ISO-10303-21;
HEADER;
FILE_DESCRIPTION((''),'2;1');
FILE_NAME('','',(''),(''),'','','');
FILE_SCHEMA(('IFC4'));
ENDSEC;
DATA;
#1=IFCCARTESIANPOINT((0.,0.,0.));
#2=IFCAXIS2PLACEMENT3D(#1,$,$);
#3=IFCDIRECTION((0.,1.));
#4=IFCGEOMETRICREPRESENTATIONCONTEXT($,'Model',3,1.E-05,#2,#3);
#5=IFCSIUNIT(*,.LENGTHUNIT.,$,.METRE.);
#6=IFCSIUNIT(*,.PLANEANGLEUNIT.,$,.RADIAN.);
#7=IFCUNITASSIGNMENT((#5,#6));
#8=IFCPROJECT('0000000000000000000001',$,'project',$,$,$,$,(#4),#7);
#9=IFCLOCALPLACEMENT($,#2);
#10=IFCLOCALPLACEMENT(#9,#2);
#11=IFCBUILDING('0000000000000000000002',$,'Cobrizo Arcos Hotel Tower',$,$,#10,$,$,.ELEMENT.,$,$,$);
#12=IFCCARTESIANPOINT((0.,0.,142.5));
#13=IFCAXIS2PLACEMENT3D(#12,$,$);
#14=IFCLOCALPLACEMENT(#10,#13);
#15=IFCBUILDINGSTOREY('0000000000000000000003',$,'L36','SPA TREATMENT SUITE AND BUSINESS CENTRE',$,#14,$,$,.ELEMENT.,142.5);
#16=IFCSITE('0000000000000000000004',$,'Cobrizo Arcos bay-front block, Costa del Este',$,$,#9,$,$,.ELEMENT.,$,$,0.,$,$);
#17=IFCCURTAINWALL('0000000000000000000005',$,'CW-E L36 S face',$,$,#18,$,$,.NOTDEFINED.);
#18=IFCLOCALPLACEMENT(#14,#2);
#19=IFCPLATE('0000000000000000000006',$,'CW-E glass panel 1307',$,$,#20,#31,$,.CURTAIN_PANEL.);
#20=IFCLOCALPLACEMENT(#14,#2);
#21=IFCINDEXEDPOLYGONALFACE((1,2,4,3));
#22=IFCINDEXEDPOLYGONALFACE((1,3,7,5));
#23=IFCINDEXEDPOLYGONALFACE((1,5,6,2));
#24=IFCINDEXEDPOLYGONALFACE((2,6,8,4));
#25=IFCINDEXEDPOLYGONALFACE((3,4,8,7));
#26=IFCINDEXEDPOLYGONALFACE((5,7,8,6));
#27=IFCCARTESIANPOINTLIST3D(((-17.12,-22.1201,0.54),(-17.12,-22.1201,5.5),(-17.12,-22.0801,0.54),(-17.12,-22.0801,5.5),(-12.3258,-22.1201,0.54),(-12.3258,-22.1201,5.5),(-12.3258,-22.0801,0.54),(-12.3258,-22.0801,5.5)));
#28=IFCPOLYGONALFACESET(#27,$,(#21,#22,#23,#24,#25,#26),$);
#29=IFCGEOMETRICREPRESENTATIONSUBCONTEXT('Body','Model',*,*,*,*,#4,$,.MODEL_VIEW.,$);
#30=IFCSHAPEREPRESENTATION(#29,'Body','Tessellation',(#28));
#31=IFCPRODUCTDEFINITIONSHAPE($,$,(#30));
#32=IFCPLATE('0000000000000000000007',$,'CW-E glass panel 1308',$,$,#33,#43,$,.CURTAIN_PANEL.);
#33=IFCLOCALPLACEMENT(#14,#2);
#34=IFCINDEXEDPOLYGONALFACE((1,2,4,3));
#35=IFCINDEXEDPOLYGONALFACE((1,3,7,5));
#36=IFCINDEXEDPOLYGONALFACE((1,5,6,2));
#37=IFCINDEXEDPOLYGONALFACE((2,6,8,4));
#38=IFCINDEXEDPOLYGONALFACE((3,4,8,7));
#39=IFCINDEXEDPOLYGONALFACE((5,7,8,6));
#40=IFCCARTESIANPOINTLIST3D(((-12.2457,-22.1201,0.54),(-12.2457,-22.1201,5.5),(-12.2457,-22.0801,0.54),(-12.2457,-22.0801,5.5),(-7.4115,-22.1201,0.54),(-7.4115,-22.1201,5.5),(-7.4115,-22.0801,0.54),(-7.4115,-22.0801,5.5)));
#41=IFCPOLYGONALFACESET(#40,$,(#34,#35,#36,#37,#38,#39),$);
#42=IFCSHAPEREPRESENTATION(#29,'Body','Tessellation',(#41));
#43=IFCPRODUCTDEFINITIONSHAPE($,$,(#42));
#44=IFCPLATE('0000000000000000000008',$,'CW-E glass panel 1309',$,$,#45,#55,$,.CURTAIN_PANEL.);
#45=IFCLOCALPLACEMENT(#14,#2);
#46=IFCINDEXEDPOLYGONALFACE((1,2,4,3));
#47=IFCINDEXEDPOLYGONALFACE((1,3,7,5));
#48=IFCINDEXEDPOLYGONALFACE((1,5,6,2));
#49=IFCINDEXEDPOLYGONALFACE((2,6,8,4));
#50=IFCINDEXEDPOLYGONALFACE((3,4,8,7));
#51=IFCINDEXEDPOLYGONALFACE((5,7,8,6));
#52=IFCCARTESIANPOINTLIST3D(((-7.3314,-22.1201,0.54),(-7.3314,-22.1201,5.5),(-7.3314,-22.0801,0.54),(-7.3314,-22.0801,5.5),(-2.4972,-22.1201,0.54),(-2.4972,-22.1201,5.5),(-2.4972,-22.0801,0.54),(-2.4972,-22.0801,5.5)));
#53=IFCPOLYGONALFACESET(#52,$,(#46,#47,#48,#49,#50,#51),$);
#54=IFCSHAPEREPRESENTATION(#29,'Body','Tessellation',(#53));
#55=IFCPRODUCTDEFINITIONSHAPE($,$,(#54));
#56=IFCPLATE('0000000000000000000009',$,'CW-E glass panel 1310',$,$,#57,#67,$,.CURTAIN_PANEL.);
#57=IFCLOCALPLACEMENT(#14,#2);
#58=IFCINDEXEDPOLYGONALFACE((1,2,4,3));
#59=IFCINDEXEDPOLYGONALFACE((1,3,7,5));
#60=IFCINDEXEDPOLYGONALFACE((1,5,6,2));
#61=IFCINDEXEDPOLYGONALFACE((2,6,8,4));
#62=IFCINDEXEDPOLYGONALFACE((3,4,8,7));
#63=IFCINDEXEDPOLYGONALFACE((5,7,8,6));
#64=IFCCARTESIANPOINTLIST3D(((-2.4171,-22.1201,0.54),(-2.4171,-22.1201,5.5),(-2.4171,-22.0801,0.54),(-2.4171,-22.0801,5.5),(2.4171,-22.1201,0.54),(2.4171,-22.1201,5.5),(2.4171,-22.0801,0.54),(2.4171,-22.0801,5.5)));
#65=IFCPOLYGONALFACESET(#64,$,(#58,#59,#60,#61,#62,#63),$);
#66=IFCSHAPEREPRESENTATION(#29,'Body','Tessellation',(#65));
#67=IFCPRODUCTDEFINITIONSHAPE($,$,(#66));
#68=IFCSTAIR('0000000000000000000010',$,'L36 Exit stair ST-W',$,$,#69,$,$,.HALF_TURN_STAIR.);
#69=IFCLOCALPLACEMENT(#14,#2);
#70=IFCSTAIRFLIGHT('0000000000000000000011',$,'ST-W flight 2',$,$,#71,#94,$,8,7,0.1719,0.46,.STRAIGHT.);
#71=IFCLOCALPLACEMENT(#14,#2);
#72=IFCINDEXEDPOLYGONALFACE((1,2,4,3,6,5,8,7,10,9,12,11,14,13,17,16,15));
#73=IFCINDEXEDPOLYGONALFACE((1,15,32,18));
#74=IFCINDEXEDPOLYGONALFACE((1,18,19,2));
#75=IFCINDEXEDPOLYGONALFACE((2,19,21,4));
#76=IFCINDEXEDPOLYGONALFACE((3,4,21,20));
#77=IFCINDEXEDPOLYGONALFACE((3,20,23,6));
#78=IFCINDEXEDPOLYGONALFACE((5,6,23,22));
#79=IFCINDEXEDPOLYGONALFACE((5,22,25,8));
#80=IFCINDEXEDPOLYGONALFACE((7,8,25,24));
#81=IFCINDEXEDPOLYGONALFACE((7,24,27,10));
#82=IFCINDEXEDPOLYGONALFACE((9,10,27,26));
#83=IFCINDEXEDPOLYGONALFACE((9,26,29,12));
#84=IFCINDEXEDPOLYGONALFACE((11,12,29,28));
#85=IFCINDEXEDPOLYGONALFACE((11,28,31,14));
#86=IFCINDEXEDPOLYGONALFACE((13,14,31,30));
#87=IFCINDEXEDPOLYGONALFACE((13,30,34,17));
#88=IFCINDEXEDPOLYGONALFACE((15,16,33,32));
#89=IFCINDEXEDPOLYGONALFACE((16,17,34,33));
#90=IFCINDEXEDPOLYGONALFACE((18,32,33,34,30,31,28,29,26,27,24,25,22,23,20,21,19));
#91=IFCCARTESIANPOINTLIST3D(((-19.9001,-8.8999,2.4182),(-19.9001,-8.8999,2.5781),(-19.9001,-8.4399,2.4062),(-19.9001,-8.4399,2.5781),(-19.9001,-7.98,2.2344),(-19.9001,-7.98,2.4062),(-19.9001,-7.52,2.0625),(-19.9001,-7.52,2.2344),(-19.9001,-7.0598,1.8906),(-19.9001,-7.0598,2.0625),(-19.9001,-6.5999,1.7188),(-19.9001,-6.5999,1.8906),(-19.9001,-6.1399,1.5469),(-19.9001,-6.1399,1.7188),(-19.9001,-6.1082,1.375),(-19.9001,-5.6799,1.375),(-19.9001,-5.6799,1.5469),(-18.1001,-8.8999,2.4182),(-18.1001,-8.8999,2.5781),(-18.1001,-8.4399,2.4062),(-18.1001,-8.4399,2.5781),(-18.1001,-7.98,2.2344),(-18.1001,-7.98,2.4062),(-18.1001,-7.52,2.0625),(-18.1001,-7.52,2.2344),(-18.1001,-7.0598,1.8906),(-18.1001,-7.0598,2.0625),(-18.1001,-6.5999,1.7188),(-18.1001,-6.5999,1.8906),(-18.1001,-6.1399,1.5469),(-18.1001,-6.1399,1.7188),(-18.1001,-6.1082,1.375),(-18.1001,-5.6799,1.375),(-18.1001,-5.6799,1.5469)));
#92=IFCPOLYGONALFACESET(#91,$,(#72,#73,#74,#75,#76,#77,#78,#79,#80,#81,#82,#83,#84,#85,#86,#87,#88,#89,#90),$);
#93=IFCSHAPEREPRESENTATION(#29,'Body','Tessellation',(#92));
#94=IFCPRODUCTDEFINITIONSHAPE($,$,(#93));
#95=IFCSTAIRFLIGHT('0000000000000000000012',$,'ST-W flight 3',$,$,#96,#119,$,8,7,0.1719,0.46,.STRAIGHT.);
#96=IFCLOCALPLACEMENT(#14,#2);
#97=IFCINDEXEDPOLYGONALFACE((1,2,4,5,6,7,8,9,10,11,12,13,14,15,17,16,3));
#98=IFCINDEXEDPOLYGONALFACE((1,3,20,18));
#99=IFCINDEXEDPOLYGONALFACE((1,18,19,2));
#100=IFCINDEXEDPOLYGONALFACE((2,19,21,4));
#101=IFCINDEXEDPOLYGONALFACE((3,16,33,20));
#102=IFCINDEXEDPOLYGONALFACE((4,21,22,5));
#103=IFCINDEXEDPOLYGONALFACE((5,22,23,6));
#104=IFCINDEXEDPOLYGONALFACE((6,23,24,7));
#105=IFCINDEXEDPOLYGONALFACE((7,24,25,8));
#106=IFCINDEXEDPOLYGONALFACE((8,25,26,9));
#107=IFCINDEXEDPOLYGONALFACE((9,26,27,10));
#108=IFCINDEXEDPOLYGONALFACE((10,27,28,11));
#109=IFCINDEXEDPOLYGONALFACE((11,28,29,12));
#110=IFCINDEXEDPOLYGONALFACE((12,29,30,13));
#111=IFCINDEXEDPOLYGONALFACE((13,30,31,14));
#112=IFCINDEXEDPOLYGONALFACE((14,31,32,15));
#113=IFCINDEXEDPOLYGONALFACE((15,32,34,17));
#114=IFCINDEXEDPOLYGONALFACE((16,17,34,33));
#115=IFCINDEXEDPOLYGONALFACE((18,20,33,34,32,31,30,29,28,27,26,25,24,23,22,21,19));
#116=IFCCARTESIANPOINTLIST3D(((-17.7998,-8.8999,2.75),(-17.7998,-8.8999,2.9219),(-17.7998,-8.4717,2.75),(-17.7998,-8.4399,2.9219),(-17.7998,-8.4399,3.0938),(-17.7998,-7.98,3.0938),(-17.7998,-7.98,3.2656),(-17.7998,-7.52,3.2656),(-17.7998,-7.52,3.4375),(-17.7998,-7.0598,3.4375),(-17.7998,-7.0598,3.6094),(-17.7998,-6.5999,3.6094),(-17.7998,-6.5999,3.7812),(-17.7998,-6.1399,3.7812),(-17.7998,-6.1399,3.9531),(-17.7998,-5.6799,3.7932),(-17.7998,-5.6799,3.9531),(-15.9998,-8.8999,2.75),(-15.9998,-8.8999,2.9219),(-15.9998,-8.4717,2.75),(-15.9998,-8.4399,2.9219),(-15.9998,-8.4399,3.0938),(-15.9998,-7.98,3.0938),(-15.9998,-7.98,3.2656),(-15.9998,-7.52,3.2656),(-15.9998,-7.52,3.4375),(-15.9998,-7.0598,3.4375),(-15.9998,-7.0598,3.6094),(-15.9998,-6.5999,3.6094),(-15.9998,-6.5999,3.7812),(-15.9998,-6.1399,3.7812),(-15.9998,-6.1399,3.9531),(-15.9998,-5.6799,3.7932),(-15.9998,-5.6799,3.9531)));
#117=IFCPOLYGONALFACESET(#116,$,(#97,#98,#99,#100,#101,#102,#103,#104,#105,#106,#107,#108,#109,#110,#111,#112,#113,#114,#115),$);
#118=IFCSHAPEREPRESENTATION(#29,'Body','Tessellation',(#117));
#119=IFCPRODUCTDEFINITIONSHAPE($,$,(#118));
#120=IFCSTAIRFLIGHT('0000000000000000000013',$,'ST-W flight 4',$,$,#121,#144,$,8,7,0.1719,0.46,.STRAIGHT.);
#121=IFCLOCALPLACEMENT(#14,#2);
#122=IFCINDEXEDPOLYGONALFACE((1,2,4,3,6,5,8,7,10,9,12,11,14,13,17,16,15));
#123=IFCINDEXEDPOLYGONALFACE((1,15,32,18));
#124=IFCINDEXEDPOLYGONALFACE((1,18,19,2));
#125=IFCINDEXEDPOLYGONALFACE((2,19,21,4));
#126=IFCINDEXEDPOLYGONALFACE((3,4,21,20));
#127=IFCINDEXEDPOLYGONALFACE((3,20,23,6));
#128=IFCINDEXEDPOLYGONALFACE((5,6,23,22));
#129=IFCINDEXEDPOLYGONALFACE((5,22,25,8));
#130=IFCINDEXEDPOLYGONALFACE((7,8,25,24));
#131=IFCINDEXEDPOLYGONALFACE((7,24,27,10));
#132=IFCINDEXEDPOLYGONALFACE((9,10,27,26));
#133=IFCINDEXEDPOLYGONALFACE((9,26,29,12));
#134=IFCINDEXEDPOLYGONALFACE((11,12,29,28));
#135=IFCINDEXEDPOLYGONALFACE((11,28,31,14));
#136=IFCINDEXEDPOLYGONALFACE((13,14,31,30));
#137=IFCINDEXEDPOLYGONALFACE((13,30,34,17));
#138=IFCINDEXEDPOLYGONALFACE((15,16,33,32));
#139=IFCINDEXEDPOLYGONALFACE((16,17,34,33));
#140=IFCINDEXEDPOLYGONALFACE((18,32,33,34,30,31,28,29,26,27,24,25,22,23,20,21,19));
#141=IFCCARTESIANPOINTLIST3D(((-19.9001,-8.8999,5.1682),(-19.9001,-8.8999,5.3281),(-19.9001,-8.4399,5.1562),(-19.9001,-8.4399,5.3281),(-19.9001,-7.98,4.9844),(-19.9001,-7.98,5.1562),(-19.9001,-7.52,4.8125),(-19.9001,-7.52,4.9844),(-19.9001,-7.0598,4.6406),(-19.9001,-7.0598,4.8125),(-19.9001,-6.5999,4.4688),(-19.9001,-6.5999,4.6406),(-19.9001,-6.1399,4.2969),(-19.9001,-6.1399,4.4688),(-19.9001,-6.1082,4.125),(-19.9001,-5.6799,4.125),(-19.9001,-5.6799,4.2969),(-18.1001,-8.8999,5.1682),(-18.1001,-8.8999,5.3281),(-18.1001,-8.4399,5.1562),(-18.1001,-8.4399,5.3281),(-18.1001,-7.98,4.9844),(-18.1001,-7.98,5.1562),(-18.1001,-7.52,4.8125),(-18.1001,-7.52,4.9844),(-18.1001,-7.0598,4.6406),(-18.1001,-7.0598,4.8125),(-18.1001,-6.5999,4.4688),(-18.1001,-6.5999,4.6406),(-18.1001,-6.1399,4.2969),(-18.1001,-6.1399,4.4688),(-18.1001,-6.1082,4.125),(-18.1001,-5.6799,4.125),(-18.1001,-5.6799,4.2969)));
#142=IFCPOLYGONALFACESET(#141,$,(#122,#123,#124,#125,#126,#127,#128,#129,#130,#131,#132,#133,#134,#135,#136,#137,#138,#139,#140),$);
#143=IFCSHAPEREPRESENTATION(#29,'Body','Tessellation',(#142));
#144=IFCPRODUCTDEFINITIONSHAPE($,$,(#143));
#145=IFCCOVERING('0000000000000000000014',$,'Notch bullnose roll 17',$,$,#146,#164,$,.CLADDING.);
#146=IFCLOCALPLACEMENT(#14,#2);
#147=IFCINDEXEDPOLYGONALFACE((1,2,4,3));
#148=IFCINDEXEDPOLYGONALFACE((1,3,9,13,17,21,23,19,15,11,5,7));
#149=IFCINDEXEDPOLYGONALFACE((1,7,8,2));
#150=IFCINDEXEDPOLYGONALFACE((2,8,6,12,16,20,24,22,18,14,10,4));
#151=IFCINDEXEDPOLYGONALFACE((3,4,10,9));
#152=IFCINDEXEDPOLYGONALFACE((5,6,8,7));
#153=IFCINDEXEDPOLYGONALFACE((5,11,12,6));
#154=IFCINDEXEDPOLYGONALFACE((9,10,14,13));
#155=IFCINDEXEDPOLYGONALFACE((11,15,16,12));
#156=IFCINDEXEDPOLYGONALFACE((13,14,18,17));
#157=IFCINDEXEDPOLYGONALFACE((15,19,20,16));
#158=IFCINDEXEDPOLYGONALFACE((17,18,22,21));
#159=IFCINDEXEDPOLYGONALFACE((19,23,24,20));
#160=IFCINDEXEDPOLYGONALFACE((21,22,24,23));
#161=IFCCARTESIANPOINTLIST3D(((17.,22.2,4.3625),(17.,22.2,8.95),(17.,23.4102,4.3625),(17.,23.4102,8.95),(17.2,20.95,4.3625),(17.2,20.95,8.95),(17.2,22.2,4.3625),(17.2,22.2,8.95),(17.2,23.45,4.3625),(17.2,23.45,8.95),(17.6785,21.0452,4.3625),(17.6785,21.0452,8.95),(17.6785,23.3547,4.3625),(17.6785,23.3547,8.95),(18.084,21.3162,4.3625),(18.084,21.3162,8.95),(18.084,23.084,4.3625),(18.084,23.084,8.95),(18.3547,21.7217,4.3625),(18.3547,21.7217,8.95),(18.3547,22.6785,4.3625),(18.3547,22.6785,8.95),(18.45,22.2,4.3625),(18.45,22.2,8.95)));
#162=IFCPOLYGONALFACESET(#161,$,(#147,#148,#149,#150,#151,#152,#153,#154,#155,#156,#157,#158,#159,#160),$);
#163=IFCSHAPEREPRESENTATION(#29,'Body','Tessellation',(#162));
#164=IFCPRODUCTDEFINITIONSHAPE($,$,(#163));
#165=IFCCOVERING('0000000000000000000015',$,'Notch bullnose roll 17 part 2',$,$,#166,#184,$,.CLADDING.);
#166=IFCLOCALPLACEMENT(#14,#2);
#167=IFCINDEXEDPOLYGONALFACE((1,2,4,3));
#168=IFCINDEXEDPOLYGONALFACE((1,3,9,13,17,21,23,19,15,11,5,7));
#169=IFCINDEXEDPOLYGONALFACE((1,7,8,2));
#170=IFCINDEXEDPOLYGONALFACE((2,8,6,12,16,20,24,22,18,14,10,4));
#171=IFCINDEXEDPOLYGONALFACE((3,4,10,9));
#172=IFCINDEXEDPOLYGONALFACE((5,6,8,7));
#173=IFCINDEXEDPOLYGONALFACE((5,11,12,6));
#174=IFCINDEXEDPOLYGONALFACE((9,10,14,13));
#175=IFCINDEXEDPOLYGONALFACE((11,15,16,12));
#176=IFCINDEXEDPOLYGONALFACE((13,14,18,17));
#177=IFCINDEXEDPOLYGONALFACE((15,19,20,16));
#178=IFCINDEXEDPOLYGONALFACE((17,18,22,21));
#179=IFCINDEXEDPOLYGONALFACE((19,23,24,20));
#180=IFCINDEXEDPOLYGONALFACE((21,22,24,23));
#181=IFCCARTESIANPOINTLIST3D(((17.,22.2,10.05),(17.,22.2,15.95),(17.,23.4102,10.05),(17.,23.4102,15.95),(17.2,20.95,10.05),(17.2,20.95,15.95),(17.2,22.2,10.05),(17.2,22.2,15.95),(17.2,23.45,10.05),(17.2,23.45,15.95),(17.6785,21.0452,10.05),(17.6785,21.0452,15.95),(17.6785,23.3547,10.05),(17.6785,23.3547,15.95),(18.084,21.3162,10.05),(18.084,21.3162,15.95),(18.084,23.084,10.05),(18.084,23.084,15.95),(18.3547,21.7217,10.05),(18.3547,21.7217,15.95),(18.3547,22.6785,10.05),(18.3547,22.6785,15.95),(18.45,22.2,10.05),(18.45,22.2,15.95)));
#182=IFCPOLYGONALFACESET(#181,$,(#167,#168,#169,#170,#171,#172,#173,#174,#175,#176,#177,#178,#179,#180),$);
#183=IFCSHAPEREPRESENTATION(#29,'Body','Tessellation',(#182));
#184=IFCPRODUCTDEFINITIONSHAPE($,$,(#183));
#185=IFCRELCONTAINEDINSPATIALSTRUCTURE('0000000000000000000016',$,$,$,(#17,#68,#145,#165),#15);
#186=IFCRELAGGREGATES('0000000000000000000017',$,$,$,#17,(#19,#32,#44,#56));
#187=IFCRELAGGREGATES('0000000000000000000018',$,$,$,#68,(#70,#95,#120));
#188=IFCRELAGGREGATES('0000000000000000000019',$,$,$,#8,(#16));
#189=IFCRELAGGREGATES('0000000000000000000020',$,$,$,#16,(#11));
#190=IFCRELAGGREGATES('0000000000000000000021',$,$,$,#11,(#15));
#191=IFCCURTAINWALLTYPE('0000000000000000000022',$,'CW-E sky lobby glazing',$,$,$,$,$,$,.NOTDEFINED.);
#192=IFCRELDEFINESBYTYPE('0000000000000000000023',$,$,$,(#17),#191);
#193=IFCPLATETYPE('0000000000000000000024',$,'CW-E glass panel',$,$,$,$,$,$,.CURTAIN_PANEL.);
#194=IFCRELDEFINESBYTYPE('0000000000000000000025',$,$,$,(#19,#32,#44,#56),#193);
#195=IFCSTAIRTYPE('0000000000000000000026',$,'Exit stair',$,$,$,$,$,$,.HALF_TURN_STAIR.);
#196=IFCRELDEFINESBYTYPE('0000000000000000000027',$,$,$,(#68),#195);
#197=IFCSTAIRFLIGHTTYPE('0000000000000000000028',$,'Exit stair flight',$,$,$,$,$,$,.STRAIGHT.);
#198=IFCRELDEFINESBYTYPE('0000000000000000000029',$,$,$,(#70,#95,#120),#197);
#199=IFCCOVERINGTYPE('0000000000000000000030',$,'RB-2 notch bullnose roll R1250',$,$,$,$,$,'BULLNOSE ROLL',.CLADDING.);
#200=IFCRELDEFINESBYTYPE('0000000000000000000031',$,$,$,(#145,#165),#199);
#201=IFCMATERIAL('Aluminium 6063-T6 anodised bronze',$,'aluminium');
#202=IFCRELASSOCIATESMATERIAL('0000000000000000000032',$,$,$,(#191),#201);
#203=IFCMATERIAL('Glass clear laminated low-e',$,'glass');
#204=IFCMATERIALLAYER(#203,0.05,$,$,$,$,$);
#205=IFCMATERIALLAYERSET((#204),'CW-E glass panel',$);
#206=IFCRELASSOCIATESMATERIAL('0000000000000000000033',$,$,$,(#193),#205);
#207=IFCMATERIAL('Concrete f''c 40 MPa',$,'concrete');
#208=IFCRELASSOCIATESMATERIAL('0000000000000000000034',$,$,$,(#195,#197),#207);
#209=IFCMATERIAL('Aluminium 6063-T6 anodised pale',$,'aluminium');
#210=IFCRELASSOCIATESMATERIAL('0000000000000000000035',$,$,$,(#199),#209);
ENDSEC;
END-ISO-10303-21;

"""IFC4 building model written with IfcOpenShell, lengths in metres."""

from ifc_helpers import new_model, si_unit, direction, frame, origin, origin_2d, place, context, subcontext, project, spatial, polyline, rectangle, outline, extrude, material, layer, layer_set, type_object, element, aggregate, save


model = new_model("IFC4")

# Units and contexts
model_context = context("Model", 3, precision=1e-05, world=origin(), true_north=direction((0.0, 1.0)))
body_context = subcontext(model_context, "Body", "Model", "MODEL_VIEW")
ifc_project = project(units=[si_unit("LENGTHUNIT", "METRE"), si_unit("PLANEANGLEUNIT", "RADIAN")], contexts=[model_context])

# Site, building, storey
site_placement = place(None, origin())
site = spatial("IfcSite", under=ifc_project, at=site_placement, Name="Cobrizo Arcos bay-front block, Costa del Este", CompositionType="ELEMENT", RefElevation=0.0)
building_placement = place(site_placement, origin())
building = spatial("IfcBuilding", under=site, at=building_placement, Name="Cobrizo Arcos Hotel Tower", CompositionType="ELEMENT")
storey_placement = place(building_placement, frame((0.0, 0.0, 142.5)))
storey = spatial("IfcBuildingStorey", under=building, at=storey_placement, Name="L36", Description="SPA TREATMENT SUITE AND BUSINESS CENTRE", CompositionType="ELEMENT", Elevation=142.5)

# Curtain wall, plates
ifc_material_1 = material(Name="Aluminium 6063-T6 anodised bronze", Category="aluminium")
curtain_wall_type = type_object("IfcCurtainWallType", Name="CW-E sky lobby glazing", PredefinedType="NOTDEFINED", material=ifc_material_1)
curtain_wall_placement = place(storey_placement, origin())
curtain_wall = element("IfcCurtainWall", 1, at=curtain_wall_placement, inside=storey, type_object=curtain_wall_type, Name="CW-E L36 S face", PredefinedType="NOTDEFINED")
ifc_material_2 = material(Name="Glass clear laminated low-e", Category="glass")
ifc_layer = layer(ifc_material_2, 0.05)
ifc_layer_set = layer_set([ifc_layer], Name="CW-E glass panel")
plate_type = type_object("IfcPlateType", Name="CW-E glass panel", PredefinedType="CURTAIN_PANEL", material=ifc_layer_set)
plate_1_placement = place(storey_placement, frame((-14.7229, -22.1001, 0.54), z_axis=(0.0, 0.0, 1.0), x_axis=(1.0, 0.0, 0.0)))
plate_1 = element("IfcPlate", 2, at=plate_1_placement, type_object=plate_type, Name="CW-E glass panel 1307", PredefinedType="CURTAIN_PANEL", context=body_context, shape_type="SweptSolid", body=[
    extrude(rectangle(XDim=4.7942, YDim=0.04, at=origin_2d()), origin(), (0.0, 0.0, 1.0), 4.96),
])
plate_2_placement = place(storey_placement, frame((-9.8286, -22.1001, 0.54), z_axis=(0.0, 0.0, 1.0), x_axis=(1.0, 0.0, 0.0)))
plate_2 = element("IfcPlate", 3, at=plate_2_placement, type_object=plate_type, Name="CW-E glass panel 1308", PredefinedType="CURTAIN_PANEL", context=body_context, shape_type="SweptSolid", body=[
    extrude(rectangle(XDim=4.8342, YDim=0.04, at=origin_2d()), origin(), (0.0, 0.0, 1.0), 4.96),
])
plate_3_placement = place(storey_placement, frame((-4.9143, -22.1001, 0.54), z_axis=(0.0, 0.0, 1.0), x_axis=(1.0, 0.0, 0.0)))
plate_3 = element("IfcPlate", 4, at=plate_3_placement, type_object=plate_type, Name="CW-E glass panel 1309", PredefinedType="CURTAIN_PANEL", context=body_context, shape_type="SweptSolid", body=[
    extrude(rectangle(XDim=4.8342, YDim=0.04, at=origin_2d()), origin(), (0.0, 0.0, 1.0), 4.96),
])
plate_4_placement = place(storey_placement, frame((0.0, -22.1001, 0.54), z_axis=(0.0, 0.0, 1.0), x_axis=(1.0, 0.0, 0.0)))
plate_4 = element("IfcPlate", 5, at=plate_4_placement, type_object=plate_type, Name="CW-E glass panel 1310", PredefinedType="CURTAIN_PANEL", context=body_context, shape_type="SweptSolid", body=[
    extrude(rectangle(XDim=4.8342, YDim=0.04, at=origin_2d()), origin(), (0.0, 0.0, 1.0), 4.96),
])
aggregate(curtain_wall, [plate_1, plate_2, plate_3, plate_4])

# Stair, stair flights
ifc_material_3 = material(Name="Concrete f'c 40 MPa", Category="concrete")
stair_type = type_object("IfcStairType", Name="Exit stair", PredefinedType="HALF_TURN_STAIR", material=ifc_material_3)
stair_placement = place(storey_placement, origin())
stair = element("IfcStair", 6, at=stair_placement, inside=storey, type_object=stair_type, Name="L36 Exit stair ST-W", PredefinedType="HALF_TURN_STAIR")
stair_flight_type = type_object("IfcStairFlightType", Name="Exit stair flight", PredefinedType="STRAIGHT", material=ifc_material_3)
stair_flight_1_placement = place(storey_placement, frame((-19.0, -5.6799, 1.375), z_axis=(0.0, 0.0, 1.0), x_axis=(0.0, -1.0, 0.0)))
stair_flight_1 = element("IfcStairFlight", 7, at=stair_flight_1_placement, type_object=stair_flight_type, Name="ST-W flight 2", NumberOfRisers=8, NumberOfTreads=7, PredefinedType="STRAIGHT", RiserHeight=0.1719, TreadLength=0.46, context=body_context, shape_type="SweptSolid", body=[
    extrude(outline(polyline([(0.0, 0.0), (0.0, 0.1719), (0.46, 0.1719), (0.46, 0.3438), (0.9199, 0.3438), (0.9199, 0.5156), (1.3799, 0.5156), (1.3799, 0.6875), (1.8401, 0.6875), (1.8401, 0.8594), (2.3, 0.8594), (2.3, 1.0312), (2.76, 1.0312), (2.76, 1.2031), (3.22, 1.2031), (3.22, 1.375), (3.22, 1.0432), (0.4282, 0.0), (0.0, 0.0)])), frame((0.0, 0.8999, 0.0), z_axis=(0.0, -1.0, 0.0), x_axis=(1.0, 0.0, 0.0)), (0.0, 0.0, 1.0), 1.8),
])
stair_flight_2_placement = place(storey_placement, frame((-16.8999, -8.8999, 2.75), z_axis=(0.0, 0.0, 1.0), x_axis=(0.0, 1.0, 0.0)))
stair_flight_2 = element("IfcStairFlight", 8, at=stair_flight_2_placement, type_object=stair_flight_type, Name="ST-W flight 3", NumberOfRisers=8, NumberOfTreads=7, PredefinedType="STRAIGHT", RiserHeight=0.1719, TreadLength=0.46, context=body_context, shape_type="SweptSolid", body=[
    extrude(outline(polyline([(0.0, 0.0), (0.0, 0.1719), (0.46, 0.1719), (0.46, 0.3438), (0.9199, 0.3438), (0.9199, 0.5156), (1.3799, 0.5156), (1.3799, 0.6875), (1.8401, 0.6875), (1.8401, 0.8594), (2.3, 0.8594), (2.3, 1.0312), (2.76, 1.0312), (2.76, 1.2031), (3.22, 1.2031), (3.22, 1.375), (3.22, 1.0432), (0.4282, 0.0), (0.0, 0.0)])), frame((0.0, 0.8999, 0.0), z_axis=(0.0, -1.0, 0.0), x_axis=(1.0, 0.0, 0.0)), (0.0, 0.0, 1.0), 1.8),
])
stair_flight_3_placement = place(storey_placement, frame((-19.0, -5.6799, 4.125), z_axis=(0.0, 0.0, 1.0), x_axis=(0.0, -1.0, 0.0)))
stair_flight_3 = element("IfcStairFlight", 9, at=stair_flight_3_placement, type_object=stair_flight_type, Name="ST-W flight 4", NumberOfRisers=8, NumberOfTreads=7, PredefinedType="STRAIGHT", RiserHeight=0.1719, TreadLength=0.46, context=body_context, shape_type="SweptSolid", body=[
    extrude(outline(polyline([(0.0, 0.0), (0.0, 0.1719), (0.46, 0.1719), (0.46, 0.3438), (0.9199, 0.3438), (0.9199, 0.5156), (1.3799, 0.5156), (1.3799, 0.6875), (1.8401, 0.6875), (1.8401, 0.8594), (2.3, 0.8594), (2.3, 1.0312), (2.76, 1.0312), (2.76, 1.2031), (3.22, 1.2031), (3.22, 1.375), (3.22, 1.0432), (0.4282, 0.0), (0.0, 0.0)])), frame((0.0, 0.8999, 0.0), z_axis=(0.0, -1.0, 0.0), x_axis=(1.0, 0.0, 0.0)), (0.0, 0.0, 1.0), 1.8),
])
aggregate(stair, [stair_flight_1, stair_flight_2, stair_flight_3])

# Coverings
ifc_material_4 = material(Name="Aluminium 6063-T6 anodised pale", Category="aluminium")
covering_type = type_object("IfcCoveringType", Name="RB-2 notch bullnose roll R1250", ElementType="BULLNOSE ROLL", PredefinedType="CLADDING", material=ifc_material_4)
covering_1_placement = place(storey_placement, frame((0.0, 0.0, 4.3625)))
element("IfcCovering", 10, at=covering_1_placement, inside=storey, type_object=covering_type, Name="Notch bullnose roll 17", PredefinedType="CLADDING", context=body_context, shape_type="SweptSolid", body=[
    extrude(outline(polyline([(18.084, 21.3162), (18.3547, 21.7217), (18.45, 22.2), (18.3547, 22.6785), (18.084, 23.084), (17.6785, 23.3547), (17.2, 23.45), (17.0, 23.4102), (17.0, 22.2), (17.2, 22.2), (17.2, 20.95), (17.6785, 21.0452), (18.084, 21.3162)])), origin(), (0.0, 0.0, 1.0), 4.5874),
])
for number, where, name in (
    (11, (0.0, 0.0, 10.05), "Notch bullnose roll 17 part 2"),
):
    element("IfcCovering", number, at=place(storey_placement, frame(where)), inside=storey, type_object=covering_type, Name=name, PredefinedType="CLADDING", context=body_context, shape_type="SweptSolid", body=[
        extrude(outline(polyline([(18.084, 21.3162), (18.3547, 21.7217), (18.45, 22.2), (18.3547, 22.6785), (18.084, 23.084), (17.6785, 23.3547), (17.2, 23.45), (17.0, 23.4102), (17.0, 22.2), (17.2, 22.2), (17.2, 20.95), (17.6785, 21.0452), (18.084, 21.3162)])), origin(), (0.0, 0.0, 1.0), 5.8999),
    ])

save(model, "model.ifc")
